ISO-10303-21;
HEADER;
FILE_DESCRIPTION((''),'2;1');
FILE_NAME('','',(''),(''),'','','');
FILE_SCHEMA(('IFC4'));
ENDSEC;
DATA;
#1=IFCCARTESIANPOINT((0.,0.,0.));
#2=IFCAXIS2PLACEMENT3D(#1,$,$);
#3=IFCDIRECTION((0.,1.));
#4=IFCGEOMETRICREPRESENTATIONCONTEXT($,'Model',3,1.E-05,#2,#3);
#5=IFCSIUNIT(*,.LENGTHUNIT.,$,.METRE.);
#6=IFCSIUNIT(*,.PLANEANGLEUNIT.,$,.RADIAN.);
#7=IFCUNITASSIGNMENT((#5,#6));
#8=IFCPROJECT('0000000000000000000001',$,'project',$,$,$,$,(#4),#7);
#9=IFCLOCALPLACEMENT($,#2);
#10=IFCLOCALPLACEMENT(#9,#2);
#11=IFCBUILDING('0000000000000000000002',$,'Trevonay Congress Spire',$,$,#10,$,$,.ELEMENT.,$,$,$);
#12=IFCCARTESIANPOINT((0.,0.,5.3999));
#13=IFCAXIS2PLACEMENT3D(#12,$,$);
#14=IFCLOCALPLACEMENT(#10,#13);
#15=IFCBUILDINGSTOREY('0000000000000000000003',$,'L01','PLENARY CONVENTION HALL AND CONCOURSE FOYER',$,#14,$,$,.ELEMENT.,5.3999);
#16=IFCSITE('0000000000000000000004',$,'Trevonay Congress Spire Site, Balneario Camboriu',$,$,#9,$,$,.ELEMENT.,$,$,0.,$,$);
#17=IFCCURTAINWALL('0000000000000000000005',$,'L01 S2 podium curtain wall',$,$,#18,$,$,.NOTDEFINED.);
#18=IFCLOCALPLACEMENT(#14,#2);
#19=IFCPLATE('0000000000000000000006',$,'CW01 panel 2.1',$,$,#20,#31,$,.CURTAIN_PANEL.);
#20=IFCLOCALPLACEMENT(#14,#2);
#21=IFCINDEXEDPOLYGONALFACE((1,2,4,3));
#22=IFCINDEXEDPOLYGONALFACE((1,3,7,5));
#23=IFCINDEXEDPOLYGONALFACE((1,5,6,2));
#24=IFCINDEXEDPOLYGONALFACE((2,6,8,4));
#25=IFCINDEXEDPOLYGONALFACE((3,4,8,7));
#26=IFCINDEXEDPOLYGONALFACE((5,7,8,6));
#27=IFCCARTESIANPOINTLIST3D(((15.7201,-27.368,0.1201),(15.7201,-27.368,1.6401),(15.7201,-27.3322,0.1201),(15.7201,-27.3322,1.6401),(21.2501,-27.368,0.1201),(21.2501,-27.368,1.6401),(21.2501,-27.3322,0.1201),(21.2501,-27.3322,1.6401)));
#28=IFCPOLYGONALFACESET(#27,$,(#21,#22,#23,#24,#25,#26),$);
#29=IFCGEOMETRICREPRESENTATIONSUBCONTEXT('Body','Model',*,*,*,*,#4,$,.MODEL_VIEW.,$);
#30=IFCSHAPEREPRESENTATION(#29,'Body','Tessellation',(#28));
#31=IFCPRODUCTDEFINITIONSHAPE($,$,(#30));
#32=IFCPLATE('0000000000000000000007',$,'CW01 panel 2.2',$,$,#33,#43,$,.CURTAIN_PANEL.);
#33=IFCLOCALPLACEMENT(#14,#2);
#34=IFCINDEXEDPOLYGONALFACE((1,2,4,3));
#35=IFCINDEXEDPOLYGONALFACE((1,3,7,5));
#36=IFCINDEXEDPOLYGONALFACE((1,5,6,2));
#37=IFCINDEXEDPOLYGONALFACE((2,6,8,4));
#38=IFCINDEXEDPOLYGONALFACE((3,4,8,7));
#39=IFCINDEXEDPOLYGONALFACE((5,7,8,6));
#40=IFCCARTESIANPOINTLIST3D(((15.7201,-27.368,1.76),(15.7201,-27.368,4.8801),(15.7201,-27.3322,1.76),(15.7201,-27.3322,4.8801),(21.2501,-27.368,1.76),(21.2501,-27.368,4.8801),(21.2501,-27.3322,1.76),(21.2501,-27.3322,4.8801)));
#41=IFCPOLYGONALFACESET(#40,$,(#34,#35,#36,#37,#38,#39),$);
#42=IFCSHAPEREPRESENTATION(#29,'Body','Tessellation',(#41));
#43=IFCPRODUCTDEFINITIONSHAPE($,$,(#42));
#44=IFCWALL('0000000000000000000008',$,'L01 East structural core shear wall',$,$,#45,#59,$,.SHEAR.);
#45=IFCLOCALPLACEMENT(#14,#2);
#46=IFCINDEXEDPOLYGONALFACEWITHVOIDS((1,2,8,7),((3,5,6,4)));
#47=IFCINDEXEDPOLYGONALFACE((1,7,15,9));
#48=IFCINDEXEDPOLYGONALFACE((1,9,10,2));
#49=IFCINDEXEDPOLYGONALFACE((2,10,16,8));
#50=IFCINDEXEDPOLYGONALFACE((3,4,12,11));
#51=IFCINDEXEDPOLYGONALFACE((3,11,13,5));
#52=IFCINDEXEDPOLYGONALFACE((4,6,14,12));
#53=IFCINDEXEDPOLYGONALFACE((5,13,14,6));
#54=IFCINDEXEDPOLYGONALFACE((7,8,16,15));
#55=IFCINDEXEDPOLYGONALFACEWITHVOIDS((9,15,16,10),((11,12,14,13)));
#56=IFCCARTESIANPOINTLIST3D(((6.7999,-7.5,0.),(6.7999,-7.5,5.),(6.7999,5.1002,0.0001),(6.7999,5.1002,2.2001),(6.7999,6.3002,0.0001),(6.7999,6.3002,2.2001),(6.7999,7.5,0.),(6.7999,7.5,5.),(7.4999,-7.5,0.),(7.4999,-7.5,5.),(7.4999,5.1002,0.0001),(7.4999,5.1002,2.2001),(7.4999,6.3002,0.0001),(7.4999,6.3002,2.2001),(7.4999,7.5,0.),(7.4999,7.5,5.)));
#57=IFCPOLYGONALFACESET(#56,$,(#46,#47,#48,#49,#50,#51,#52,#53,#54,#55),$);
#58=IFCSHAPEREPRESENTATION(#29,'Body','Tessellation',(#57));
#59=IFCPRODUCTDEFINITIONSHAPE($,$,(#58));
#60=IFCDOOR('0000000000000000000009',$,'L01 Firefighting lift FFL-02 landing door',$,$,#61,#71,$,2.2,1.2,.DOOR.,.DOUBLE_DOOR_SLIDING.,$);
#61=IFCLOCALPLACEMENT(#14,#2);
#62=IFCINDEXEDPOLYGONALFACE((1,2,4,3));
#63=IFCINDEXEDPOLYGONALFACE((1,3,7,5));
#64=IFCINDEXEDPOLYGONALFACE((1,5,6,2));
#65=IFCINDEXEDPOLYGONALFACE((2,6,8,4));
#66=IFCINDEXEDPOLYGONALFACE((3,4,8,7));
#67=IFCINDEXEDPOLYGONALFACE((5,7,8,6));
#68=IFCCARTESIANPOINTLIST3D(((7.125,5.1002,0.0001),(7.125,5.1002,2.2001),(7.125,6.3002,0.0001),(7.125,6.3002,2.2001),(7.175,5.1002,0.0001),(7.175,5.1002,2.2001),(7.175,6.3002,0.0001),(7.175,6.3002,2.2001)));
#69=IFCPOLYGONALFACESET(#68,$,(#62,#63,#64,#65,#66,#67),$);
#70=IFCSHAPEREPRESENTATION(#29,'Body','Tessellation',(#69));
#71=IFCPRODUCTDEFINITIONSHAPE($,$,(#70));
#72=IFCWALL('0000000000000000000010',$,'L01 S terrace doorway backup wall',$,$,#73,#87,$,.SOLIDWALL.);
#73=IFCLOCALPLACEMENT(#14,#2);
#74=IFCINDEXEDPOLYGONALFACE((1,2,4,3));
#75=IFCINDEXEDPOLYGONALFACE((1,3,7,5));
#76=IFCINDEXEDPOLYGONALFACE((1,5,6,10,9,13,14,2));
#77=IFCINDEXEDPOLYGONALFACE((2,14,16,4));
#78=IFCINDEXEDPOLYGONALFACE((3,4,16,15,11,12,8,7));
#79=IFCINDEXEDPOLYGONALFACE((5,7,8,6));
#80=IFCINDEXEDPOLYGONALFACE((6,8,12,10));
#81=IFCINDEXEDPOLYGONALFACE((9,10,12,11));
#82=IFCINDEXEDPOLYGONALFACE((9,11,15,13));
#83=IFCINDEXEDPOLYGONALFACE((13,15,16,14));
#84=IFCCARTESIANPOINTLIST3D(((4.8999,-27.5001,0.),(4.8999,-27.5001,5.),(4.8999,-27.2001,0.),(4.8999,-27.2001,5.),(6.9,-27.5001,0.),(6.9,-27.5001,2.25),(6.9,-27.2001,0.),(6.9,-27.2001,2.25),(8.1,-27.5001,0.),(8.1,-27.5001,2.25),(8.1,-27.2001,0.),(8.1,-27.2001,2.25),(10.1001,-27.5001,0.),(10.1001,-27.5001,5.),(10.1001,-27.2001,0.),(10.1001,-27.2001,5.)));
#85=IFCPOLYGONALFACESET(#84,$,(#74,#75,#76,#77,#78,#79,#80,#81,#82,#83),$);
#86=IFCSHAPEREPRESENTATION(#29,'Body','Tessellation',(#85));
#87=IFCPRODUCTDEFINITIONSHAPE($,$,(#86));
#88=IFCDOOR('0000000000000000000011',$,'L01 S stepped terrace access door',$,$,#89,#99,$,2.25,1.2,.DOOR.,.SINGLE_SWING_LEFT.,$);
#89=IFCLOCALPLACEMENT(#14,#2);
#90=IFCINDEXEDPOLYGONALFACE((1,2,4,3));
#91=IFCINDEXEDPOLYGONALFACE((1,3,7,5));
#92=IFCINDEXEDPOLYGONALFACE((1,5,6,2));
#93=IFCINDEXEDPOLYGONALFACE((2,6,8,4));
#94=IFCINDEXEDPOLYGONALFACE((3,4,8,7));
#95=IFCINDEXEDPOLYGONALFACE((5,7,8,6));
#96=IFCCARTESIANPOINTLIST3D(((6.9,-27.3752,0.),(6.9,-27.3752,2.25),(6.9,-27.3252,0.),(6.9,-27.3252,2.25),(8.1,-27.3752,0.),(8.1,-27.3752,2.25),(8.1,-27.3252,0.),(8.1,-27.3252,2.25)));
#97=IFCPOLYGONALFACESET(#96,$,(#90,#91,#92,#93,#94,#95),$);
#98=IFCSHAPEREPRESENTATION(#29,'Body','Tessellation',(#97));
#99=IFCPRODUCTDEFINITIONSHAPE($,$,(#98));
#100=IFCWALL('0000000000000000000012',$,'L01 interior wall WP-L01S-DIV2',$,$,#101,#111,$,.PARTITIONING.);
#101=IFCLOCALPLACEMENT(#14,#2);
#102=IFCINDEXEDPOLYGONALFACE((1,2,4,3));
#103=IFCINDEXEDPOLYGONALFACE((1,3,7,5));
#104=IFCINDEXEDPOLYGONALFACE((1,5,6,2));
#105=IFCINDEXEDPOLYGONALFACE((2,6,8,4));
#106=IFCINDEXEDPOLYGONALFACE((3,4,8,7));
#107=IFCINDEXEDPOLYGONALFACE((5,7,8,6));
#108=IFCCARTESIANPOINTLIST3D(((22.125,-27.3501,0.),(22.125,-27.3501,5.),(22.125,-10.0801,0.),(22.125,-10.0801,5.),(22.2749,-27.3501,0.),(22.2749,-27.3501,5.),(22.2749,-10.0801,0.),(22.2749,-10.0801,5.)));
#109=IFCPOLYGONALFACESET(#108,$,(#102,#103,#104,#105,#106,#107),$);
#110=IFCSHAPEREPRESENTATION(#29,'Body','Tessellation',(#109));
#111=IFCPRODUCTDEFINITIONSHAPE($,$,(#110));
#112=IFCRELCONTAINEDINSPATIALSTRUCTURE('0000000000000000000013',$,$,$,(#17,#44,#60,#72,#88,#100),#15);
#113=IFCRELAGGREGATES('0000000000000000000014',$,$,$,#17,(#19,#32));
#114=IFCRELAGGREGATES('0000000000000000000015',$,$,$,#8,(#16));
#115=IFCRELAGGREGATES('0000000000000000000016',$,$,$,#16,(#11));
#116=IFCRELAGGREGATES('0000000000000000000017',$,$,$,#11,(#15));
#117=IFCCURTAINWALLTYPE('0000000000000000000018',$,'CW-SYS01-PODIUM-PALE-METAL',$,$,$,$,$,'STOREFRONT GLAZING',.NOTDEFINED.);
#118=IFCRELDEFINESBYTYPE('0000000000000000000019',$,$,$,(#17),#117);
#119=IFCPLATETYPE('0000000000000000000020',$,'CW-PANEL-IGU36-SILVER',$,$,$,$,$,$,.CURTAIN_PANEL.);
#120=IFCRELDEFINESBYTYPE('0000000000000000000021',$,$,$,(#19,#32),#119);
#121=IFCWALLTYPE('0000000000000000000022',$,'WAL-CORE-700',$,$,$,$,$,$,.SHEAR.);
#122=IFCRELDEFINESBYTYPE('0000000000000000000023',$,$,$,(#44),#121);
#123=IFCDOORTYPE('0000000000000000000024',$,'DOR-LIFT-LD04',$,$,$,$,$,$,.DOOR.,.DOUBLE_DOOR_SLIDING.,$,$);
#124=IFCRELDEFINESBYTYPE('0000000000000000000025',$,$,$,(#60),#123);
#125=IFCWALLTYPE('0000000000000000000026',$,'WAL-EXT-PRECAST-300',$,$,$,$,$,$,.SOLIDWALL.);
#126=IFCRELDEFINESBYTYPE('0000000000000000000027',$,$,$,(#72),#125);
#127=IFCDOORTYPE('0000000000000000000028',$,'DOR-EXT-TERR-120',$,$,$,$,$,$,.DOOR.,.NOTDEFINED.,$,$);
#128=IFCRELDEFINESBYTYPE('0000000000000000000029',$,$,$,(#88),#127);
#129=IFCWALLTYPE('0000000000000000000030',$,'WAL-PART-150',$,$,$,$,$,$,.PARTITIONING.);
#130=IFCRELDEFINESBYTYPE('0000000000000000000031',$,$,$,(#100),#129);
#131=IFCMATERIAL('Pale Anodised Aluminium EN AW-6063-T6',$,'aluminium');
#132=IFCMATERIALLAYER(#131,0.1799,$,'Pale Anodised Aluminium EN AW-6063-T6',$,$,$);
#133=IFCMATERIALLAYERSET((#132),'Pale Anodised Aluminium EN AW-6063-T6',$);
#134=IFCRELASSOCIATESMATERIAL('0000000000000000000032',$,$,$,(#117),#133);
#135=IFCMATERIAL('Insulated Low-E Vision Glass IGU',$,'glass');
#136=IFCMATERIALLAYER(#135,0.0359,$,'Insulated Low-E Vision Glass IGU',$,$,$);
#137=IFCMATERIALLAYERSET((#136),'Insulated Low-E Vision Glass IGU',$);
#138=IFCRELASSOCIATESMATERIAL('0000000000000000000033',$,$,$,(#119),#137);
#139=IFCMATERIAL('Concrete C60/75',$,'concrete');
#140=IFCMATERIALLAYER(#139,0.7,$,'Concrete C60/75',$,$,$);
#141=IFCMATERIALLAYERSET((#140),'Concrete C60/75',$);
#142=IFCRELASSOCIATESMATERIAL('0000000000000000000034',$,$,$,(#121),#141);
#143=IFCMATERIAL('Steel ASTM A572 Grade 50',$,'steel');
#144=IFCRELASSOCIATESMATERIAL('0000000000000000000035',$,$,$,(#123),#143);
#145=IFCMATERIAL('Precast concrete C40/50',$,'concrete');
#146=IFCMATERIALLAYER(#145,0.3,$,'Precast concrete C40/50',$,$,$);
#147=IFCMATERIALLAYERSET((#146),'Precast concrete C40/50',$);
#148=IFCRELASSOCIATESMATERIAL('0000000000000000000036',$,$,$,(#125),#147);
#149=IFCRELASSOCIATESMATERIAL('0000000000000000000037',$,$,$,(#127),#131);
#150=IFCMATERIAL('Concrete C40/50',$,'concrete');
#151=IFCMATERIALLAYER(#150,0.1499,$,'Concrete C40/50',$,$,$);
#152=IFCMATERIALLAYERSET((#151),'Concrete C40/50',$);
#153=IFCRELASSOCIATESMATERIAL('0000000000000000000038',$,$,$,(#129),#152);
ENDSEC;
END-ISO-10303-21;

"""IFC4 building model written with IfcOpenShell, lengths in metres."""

from ifc_helpers import new_model, si_unit, direction, frame, frame_2d, origin, origin_2d, place, context, subcontext, project, spatial, rectangle, extrude, material, layer, layer_set, type_object, element, fill, aggregate, save


model = new_model("IFC4")

# Units and contexts
model_context = context("Model", 3, precision=1e-05, world=origin(), true_north=direction((0.0, 1.0)))
body_context = subcontext(model_context, "Body", "Model", "MODEL_VIEW")
ifc_project = project(units=[si_unit("LENGTHUNIT", "METRE"), si_unit("PLANEANGLEUNIT", "RADIAN")], contexts=[model_context])

# Site, building, storey
site_placement = place(None, origin())
site = spatial("IfcSite", under=ifc_project, at=site_placement, Name="Trevonay Congress Spire Site, Balneario Camboriu", CompositionType="ELEMENT", RefElevation=0.0)
building_placement = place(site_placement, origin())
building = spatial("IfcBuilding", under=site, at=building_placement, Name="Trevonay Congress Spire", CompositionType="ELEMENT")
storey_placement = place(building_placement, frame((0.0, 0.0, 5.3999)))
storey = spatial("IfcBuildingStorey", under=building, at=storey_placement, Name="L01", Description="PLENARY CONVENTION HALL AND CONCOURSE FOYER", CompositionType="ELEMENT", Elevation=5.3999)

# Shared definitions
ifc_material_1 = material(Name="Steel ASTM A572 Grade 50", Category="steel")
ifc_material_2 = material(Name="Concrete C60/75", Category="concrete")

# Shared definitions
ifc_material_3 = material(Name="Pale Anodised Aluminium EN AW-6063-T6", Category="aluminium")
ifc_layer_1 = layer(ifc_material_3, 0.1799, Name="Pale Anodised Aluminium EN AW-6063-T6")
ifc_layer_set_1 = layer_set([ifc_layer_1], Name="Pale Anodised Aluminium EN AW-6063-T6")
curtain_wall_type = type_object("IfcCurtainWallType", Name="CW-SYS01-PODIUM-PALE-METAL", ElementType="STOREFRONT GLAZING", PredefinedType="NOTDEFINED", material=ifc_layer_set_1)

# Curtain wall
curtain_wall_1_placement = place(storey_placement, origin())
curtain_wall_1 = element("IfcCurtainWall", 1, at=curtain_wall_1_placement, inside=storey, type_object=curtain_wall_type, Name="L01 S2 podium curtain wall", PredefinedType="NOTDEFINED")

# Plates
ifc_material_4 = material(Name="Insulated Low-E Vision Glass IGU", Category="glass")
ifc_layer_2 = layer(ifc_material_4, 0.0359, Name="Insulated Low-E Vision Glass IGU")
ifc_layer_set_2 = layer_set([ifc_layer_2], Name="Insulated Low-E Vision Glass IGU")
plate_type = type_object("IfcPlateType", Name="CW-PANEL-IGU36-SILVER", PredefinedType="CURTAIN_PANEL", material=ifc_layer_set_2)
plate_1_placement = place(storey_placement, frame((18.4851, -27.3501, 0.1201), z_axis=(0.0, 0.0, 1.0), x_axis=(1.0, 0.0, 0.0)))
plate_1 = element("IfcPlate", 2, at=plate_1_placement, type_object=plate_type, Name="CW01 panel 2.1", PredefinedType="CURTAIN_PANEL", context=body_context, shape_type="SweptSolid", body=[
    extrude(rectangle(XDim=5.53, YDim=0.0359, at=origin_2d()), origin(), (0.0, 0.0, 1.0), 1.52),
])
plate_2_placement = place(storey_placement, frame((18.4851, -27.3501, 1.76), z_axis=(0.0, 0.0, 1.0), x_axis=(1.0, 0.0, 0.0)))
plate_2 = element("IfcPlate", 3, at=plate_2_placement, type_object=plate_type, Name="CW01 panel 2.2", PredefinedType="CURTAIN_PANEL", context=body_context, shape_type="SweptSolid", body=[
    extrude(rectangle(XDim=5.53, YDim=0.0359, at=origin_2d()), origin(), (0.0, 0.0, 1.0), 3.1201),
])
aggregate(curtain_wall_1, [plate_1, plate_2])

# Walls, openings, doors
ifc_layer_3 = layer(ifc_material_2, 0.7, Name="Concrete C60/75")
ifc_layer_set_3 = layer_set([ifc_layer_3], Name="Concrete C60/75")
wall_type_1 = type_object("IfcWallType", Name="WAL-CORE-700", PredefinedType="SHEAR", material=ifc_layer_set_3)
wall_1_placement = place(storey_placement, frame((7.1499, -7.5, 0.0), z_axis=(0.0, 0.0, 1.0), x_axis=(0.0, 1.0, 0.0)))
wall_1 = element("IfcWall", 4, at=wall_1_placement, inside=storey, type_object=wall_type_1, Name="L01 East structural core shear wall", PredefinedType="SHEAR", context=body_context, shape_type="SweptSolid", body=[
    extrude(rectangle(XDim=15.0, YDim=0.7, at=frame_2d((7.5, 0.0))), origin(), (0.0, 0.0, 1.0), 5.0),
])
opening_1_placement = place(wall_1_placement, frame((12.6001, 0.0, 0.0)))
opening_1 = element("IfcOpeningElement", 5, at=opening_1_placement, cuts=wall_1, PredefinedType="OPENING", context=body_context, shape_type="SweptSolid", body=[
    extrude(rectangle(XDim=1.2, YDim=2.2, at=frame_2d((0.6001, 1.1001))), frame((0.0, 0.3599, 0.0), z_axis=(0.0, -1.0, 0.0), x_axis=(1.0, 0.0, 0.0)), (0.0, 0.0, 1.0), 0.72),
])
door_type_1 = type_object("IfcDoorType", Name="DOR-LIFT-LD04", OperationType="DOUBLE_DOOR_SLIDING", PredefinedType="DOOR", material=ifc_material_1)
door_1_placement = place(opening_1_placement, origin())
door_1 = element("IfcDoor", 6, at=door_1_placement, inside=storey, type_object=door_type_1, Name="L01 Firefighting lift FFL-02 landing door", OperationType="DOUBLE_DOOR_SLIDING", OverallHeight=2.2, OverallWidth=1.2, PredefinedType="DOOR", context=body_context, shape_type="SweptSolid", body=[
    extrude(rectangle(XDim=1.2, YDim=2.2, at=frame_2d((0.6001, 1.1001))), frame((0.0, 0.0249, 0.0), z_axis=(0.0, -1.0, 0.0), x_axis=(1.0, 0.0, 0.0)), (0.0, 0.0, 1.0), 0.05),
])
fill(opening_1, door_1)
ifc_material_5 = material(Name="Precast concrete C40/50", Category="concrete")
ifc_layer_4 = layer(ifc_material_5, 0.3, Name="Precast concrete C40/50")
ifc_layer_set_4 = layer_set([ifc_layer_4], Name="Precast concrete C40/50")
wall_type_2 = type_object("IfcWallType", Name="WAL-EXT-PRECAST-300", PredefinedType="SOLIDWALL", material=ifc_layer_set_4)
wall_2_placement = place(storey_placement, frame((4.8999, -27.3501, 0.0), z_axis=(0.0, 0.0, 1.0), x_axis=(1.0, 0.0, 0.0)))
wall_2 = element("IfcWall", 7, at=wall_2_placement, inside=storey, type_object=wall_type_2, Name="L01 S terrace doorway backup wall", PredefinedType="SOLIDWALL", context=body_context, shape_type="SweptSolid", body=[
    extrude(rectangle(XDim=5.2002, YDim=0.3, at=frame_2d((2.6001, 0.0))), origin(), (0.0, 0.0, 1.0), 5.0),
])
opening_2_placement = place(wall_2_placement, frame((2.0, 0.0, 0.0)))
opening_2 = element("IfcOpeningElement", 8, at=opening_2_placement, cuts=wall_2, PredefinedType="OPENING", context=body_context, shape_type="SweptSolid", body=[
    extrude(rectangle(XDim=1.2, YDim=2.25, at=frame_2d((0.6001, 1.125))), frame((0.0, 0.1602, 0.0), z_axis=(0.0, -1.0, 0.0), x_axis=(1.0, 0.0, 0.0)), (0.0, 0.0, 1.0), 0.3201),
])
door_type_2 = type_object("IfcDoorType", Name="DOR-EXT-TERR-120", OperationType="NOTDEFINED", PredefinedType="DOOR", material=ifc_material_3)
door_2_placement = place(opening_2_placement, origin())
door_2 = element("IfcDoor", 9, at=door_2_placement, inside=storey, type_object=door_type_2, Name="L01 S stepped terrace access door", OperationType="SINGLE_SWING_LEFT", OverallHeight=2.25, OverallWidth=1.2, PredefinedType="DOOR", context=body_context, shape_type="SweptSolid", body=[
    extrude(rectangle(XDim=1.2, YDim=2.25, at=frame_2d((0.6001, 1.125))), frame((0.0, 0.0249, 0.0), z_axis=(0.0, -1.0, 0.0), x_axis=(1.0, 0.0, 0.0)), (0.0, 0.0, 1.0), 0.05),
])
fill(opening_2, door_2)

# Wall
ifc_material_6 = material(Name="Concrete C40/50", Category="concrete")
ifc_layer_5 = layer(ifc_material_6, 0.1499, Name="Concrete C40/50")
ifc_layer_set_5 = layer_set([ifc_layer_5], Name="Concrete C40/50")
wall_type_3 = type_object("IfcWallType", Name="WAL-PART-150", PredefinedType="PARTITIONING", material=ifc_layer_set_5)
wall_3_placement = place(storey_placement, frame((22.2, -27.3501, 0.0), z_axis=(0.0, 0.0, 1.0), x_axis=(0.0, 1.0, 0.0)))
element("IfcWall", 10, at=wall_3_placement, inside=storey, type_object=wall_type_3, Name="L01 interior wall WP-L01S-DIV2", PredefinedType="PARTITIONING", context=body_context, shape_type="SweptSolid", body=[
    extrude(rectangle(XDim=17.27, YDim=0.1499, at=frame_2d((8.635, 0.0))), origin(), (0.0, 0.0, 1.0), 5.0),
])

save(model, "model.ifc")
